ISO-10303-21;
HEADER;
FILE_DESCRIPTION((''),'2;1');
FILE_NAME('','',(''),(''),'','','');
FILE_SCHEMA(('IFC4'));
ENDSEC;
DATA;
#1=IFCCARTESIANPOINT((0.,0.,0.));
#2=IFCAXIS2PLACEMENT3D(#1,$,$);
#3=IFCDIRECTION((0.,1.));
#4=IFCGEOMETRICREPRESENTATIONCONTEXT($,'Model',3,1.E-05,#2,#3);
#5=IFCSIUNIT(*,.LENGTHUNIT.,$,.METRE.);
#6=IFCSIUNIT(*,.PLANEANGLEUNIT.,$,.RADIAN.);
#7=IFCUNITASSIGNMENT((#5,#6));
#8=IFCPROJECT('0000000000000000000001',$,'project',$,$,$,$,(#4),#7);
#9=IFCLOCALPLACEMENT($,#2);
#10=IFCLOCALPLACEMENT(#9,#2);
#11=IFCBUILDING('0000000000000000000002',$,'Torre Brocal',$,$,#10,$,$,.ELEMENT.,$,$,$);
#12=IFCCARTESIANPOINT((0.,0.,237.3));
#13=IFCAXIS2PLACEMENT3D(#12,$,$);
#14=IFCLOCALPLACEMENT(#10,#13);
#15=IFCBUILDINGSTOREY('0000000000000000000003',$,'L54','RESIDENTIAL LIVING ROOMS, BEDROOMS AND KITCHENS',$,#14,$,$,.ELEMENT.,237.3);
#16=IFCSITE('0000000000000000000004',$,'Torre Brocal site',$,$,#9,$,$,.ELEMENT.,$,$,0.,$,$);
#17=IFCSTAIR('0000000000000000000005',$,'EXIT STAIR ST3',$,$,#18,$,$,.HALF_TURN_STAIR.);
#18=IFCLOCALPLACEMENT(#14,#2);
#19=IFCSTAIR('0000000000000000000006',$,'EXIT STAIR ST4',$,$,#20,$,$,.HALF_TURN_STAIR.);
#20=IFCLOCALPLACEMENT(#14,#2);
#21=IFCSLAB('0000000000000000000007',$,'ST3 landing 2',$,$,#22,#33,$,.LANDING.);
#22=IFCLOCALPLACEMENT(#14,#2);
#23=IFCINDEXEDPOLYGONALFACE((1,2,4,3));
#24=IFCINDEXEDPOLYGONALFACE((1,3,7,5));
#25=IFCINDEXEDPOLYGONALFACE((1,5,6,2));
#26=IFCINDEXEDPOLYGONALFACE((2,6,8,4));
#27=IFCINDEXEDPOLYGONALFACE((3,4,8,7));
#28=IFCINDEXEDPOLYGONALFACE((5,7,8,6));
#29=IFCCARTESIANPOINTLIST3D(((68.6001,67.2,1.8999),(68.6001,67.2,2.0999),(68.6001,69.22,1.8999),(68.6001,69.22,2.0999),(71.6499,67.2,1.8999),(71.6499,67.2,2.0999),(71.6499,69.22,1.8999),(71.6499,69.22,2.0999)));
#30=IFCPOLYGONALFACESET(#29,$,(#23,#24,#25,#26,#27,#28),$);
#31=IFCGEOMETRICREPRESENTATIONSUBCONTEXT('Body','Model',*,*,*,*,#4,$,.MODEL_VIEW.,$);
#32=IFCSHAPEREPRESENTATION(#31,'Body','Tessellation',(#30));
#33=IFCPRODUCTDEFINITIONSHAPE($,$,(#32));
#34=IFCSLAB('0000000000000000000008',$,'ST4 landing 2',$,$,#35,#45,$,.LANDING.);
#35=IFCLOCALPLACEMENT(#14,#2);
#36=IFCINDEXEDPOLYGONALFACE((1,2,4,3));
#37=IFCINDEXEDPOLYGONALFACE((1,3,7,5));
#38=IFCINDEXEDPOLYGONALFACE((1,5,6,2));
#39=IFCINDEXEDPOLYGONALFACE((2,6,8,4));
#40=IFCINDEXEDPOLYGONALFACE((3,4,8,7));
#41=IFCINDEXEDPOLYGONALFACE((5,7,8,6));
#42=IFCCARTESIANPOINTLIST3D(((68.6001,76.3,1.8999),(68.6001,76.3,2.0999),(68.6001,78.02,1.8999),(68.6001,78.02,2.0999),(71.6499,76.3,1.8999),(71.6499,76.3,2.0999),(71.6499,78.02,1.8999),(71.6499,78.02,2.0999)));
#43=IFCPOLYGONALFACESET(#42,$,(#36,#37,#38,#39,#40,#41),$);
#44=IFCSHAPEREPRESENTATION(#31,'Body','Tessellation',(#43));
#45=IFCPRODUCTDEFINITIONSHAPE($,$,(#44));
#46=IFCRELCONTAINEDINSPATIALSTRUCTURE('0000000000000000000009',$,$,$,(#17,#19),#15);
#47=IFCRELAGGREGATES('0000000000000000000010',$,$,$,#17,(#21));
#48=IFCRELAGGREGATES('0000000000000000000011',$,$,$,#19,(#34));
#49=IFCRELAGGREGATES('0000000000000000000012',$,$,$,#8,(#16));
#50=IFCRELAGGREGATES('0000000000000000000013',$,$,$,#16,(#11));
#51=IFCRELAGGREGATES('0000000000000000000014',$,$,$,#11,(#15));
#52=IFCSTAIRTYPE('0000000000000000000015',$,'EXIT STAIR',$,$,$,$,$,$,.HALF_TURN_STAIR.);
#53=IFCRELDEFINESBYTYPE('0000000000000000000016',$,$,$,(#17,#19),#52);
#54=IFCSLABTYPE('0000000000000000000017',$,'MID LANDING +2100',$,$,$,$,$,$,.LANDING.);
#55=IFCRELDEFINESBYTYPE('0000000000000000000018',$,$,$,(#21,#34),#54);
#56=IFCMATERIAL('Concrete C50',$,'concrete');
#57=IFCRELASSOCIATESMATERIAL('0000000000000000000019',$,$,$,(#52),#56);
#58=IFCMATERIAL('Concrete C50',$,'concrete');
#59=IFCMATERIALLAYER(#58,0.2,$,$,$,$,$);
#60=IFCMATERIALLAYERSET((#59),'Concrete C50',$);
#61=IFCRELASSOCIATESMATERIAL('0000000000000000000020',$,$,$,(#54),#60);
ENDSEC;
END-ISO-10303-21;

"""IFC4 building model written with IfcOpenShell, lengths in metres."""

from ifc_helpers import new_model, si_unit, direction, frame, origin, place, context, subcontext, project, spatial, polyline, outline, extrude, material, layer, layer_set, type_object, element, aggregate, save


model = new_model("IFC4")

# Units and contexts
model_context = context("Model", 3, precision=1e-05, world=origin(), true_north=direction((0.0, 1.0)))
body_context = subcontext(model_context, "Body", "Model", "MODEL_VIEW")
ifc_project = project(units=[si_unit("LENGTHUNIT", "METRE"), si_unit("PLANEANGLEUNIT", "RADIAN")], contexts=[model_context])

# Site, building, storey
site_placement = place(None, origin())
site = spatial("IfcSite", under=ifc_project, at=site_placement, Name="Torre Brocal site", CompositionType="ELEMENT", RefElevation=0.0)
building_placement = place(site_placement, origin())
building = spatial("IfcBuilding", under=site, at=building_placement, Name="Torre Brocal", CompositionType="ELEMENT")
storey_placement = place(building_placement, frame((0.0, 0.0, 237.3)))
storey = spatial("IfcBuildingStorey", under=building, at=storey_placement, Name="L54", Description="RESIDENTIAL LIVING ROOMS, BEDROOMS AND KITCHENS", CompositionType="ELEMENT", Elevation=237.3)

# Stairs
ifc_material_1 = material(Name="Concrete C50", Category="concrete")
stair_type = type_object("IfcStairType", Name="EXIT STAIR", PredefinedType="HALF_TURN_STAIR", material=ifc_material_1)
stair_1_placement = place(storey_placement, origin())
stair_1 = element("IfcStair", 1, at=stair_1_placement, inside=storey, type_object=stair_type, Name="EXIT STAIR ST3", PredefinedType="HALF_TURN_STAIR")
stair_2_placement = place(storey_placement, origin())
stair_2 = element("IfcStair", 2, at=stair_2_placement, inside=storey, type_object=stair_type, Name="EXIT STAIR ST4", PredefinedType="HALF_TURN_STAIR")

# Slabs
ifc_material_2 = material(Name="Concrete C50", Category="concrete")
ifc_layer_1 = layer(ifc_material_2, 0.2)
ifc_layer_set_1 = layer_set([ifc_layer_1], Name="Concrete C50")
slab_type_1 = type_object("IfcSlabType", Name="MID LANDING +2100", PredefinedType="LANDING", material=ifc_layer_set_1)
slab_1_placement = place(storey_placement, frame((0.0, 0.0, 1.8999)))
slab_1 = element("IfcSlab", 3, at=slab_1_placement, type_object=slab_type_1, Name="ST3 landing 2", PredefinedType="LANDING", context=body_context, shape_type="SweptSolid", body=[
    extrude(outline(polyline([(71.6499, 69.22), (68.6001, 69.22), (68.6001, 67.2), (71.6499, 67.2), (71.6499, 69.22)])), origin(), (0.0, 0.0, 1.0), 0.2),
])
aggregate(stair_1, [slab_1])
slab_2_placement = place(storey_placement, frame((0.0, 0.0, 1.8999)))
slab_2 = element("IfcSlab", 4, at=slab_2_placement, type_object=slab_type_1, Name="ST4 landing 2", PredefinedType="LANDING", context=body_context, shape_type="SweptSolid", body=[
    extrude(outline(polyline([(71.6499, 78.02), (68.6001, 78.02), (68.6001, 76.3), (71.6499, 76.3), (71.6499, 78.02)])), origin(), (0.0, 0.0, 1.0), 0.2),
])
aggregate(stair_2, [slab_2])

save(model, "model.ifc")
